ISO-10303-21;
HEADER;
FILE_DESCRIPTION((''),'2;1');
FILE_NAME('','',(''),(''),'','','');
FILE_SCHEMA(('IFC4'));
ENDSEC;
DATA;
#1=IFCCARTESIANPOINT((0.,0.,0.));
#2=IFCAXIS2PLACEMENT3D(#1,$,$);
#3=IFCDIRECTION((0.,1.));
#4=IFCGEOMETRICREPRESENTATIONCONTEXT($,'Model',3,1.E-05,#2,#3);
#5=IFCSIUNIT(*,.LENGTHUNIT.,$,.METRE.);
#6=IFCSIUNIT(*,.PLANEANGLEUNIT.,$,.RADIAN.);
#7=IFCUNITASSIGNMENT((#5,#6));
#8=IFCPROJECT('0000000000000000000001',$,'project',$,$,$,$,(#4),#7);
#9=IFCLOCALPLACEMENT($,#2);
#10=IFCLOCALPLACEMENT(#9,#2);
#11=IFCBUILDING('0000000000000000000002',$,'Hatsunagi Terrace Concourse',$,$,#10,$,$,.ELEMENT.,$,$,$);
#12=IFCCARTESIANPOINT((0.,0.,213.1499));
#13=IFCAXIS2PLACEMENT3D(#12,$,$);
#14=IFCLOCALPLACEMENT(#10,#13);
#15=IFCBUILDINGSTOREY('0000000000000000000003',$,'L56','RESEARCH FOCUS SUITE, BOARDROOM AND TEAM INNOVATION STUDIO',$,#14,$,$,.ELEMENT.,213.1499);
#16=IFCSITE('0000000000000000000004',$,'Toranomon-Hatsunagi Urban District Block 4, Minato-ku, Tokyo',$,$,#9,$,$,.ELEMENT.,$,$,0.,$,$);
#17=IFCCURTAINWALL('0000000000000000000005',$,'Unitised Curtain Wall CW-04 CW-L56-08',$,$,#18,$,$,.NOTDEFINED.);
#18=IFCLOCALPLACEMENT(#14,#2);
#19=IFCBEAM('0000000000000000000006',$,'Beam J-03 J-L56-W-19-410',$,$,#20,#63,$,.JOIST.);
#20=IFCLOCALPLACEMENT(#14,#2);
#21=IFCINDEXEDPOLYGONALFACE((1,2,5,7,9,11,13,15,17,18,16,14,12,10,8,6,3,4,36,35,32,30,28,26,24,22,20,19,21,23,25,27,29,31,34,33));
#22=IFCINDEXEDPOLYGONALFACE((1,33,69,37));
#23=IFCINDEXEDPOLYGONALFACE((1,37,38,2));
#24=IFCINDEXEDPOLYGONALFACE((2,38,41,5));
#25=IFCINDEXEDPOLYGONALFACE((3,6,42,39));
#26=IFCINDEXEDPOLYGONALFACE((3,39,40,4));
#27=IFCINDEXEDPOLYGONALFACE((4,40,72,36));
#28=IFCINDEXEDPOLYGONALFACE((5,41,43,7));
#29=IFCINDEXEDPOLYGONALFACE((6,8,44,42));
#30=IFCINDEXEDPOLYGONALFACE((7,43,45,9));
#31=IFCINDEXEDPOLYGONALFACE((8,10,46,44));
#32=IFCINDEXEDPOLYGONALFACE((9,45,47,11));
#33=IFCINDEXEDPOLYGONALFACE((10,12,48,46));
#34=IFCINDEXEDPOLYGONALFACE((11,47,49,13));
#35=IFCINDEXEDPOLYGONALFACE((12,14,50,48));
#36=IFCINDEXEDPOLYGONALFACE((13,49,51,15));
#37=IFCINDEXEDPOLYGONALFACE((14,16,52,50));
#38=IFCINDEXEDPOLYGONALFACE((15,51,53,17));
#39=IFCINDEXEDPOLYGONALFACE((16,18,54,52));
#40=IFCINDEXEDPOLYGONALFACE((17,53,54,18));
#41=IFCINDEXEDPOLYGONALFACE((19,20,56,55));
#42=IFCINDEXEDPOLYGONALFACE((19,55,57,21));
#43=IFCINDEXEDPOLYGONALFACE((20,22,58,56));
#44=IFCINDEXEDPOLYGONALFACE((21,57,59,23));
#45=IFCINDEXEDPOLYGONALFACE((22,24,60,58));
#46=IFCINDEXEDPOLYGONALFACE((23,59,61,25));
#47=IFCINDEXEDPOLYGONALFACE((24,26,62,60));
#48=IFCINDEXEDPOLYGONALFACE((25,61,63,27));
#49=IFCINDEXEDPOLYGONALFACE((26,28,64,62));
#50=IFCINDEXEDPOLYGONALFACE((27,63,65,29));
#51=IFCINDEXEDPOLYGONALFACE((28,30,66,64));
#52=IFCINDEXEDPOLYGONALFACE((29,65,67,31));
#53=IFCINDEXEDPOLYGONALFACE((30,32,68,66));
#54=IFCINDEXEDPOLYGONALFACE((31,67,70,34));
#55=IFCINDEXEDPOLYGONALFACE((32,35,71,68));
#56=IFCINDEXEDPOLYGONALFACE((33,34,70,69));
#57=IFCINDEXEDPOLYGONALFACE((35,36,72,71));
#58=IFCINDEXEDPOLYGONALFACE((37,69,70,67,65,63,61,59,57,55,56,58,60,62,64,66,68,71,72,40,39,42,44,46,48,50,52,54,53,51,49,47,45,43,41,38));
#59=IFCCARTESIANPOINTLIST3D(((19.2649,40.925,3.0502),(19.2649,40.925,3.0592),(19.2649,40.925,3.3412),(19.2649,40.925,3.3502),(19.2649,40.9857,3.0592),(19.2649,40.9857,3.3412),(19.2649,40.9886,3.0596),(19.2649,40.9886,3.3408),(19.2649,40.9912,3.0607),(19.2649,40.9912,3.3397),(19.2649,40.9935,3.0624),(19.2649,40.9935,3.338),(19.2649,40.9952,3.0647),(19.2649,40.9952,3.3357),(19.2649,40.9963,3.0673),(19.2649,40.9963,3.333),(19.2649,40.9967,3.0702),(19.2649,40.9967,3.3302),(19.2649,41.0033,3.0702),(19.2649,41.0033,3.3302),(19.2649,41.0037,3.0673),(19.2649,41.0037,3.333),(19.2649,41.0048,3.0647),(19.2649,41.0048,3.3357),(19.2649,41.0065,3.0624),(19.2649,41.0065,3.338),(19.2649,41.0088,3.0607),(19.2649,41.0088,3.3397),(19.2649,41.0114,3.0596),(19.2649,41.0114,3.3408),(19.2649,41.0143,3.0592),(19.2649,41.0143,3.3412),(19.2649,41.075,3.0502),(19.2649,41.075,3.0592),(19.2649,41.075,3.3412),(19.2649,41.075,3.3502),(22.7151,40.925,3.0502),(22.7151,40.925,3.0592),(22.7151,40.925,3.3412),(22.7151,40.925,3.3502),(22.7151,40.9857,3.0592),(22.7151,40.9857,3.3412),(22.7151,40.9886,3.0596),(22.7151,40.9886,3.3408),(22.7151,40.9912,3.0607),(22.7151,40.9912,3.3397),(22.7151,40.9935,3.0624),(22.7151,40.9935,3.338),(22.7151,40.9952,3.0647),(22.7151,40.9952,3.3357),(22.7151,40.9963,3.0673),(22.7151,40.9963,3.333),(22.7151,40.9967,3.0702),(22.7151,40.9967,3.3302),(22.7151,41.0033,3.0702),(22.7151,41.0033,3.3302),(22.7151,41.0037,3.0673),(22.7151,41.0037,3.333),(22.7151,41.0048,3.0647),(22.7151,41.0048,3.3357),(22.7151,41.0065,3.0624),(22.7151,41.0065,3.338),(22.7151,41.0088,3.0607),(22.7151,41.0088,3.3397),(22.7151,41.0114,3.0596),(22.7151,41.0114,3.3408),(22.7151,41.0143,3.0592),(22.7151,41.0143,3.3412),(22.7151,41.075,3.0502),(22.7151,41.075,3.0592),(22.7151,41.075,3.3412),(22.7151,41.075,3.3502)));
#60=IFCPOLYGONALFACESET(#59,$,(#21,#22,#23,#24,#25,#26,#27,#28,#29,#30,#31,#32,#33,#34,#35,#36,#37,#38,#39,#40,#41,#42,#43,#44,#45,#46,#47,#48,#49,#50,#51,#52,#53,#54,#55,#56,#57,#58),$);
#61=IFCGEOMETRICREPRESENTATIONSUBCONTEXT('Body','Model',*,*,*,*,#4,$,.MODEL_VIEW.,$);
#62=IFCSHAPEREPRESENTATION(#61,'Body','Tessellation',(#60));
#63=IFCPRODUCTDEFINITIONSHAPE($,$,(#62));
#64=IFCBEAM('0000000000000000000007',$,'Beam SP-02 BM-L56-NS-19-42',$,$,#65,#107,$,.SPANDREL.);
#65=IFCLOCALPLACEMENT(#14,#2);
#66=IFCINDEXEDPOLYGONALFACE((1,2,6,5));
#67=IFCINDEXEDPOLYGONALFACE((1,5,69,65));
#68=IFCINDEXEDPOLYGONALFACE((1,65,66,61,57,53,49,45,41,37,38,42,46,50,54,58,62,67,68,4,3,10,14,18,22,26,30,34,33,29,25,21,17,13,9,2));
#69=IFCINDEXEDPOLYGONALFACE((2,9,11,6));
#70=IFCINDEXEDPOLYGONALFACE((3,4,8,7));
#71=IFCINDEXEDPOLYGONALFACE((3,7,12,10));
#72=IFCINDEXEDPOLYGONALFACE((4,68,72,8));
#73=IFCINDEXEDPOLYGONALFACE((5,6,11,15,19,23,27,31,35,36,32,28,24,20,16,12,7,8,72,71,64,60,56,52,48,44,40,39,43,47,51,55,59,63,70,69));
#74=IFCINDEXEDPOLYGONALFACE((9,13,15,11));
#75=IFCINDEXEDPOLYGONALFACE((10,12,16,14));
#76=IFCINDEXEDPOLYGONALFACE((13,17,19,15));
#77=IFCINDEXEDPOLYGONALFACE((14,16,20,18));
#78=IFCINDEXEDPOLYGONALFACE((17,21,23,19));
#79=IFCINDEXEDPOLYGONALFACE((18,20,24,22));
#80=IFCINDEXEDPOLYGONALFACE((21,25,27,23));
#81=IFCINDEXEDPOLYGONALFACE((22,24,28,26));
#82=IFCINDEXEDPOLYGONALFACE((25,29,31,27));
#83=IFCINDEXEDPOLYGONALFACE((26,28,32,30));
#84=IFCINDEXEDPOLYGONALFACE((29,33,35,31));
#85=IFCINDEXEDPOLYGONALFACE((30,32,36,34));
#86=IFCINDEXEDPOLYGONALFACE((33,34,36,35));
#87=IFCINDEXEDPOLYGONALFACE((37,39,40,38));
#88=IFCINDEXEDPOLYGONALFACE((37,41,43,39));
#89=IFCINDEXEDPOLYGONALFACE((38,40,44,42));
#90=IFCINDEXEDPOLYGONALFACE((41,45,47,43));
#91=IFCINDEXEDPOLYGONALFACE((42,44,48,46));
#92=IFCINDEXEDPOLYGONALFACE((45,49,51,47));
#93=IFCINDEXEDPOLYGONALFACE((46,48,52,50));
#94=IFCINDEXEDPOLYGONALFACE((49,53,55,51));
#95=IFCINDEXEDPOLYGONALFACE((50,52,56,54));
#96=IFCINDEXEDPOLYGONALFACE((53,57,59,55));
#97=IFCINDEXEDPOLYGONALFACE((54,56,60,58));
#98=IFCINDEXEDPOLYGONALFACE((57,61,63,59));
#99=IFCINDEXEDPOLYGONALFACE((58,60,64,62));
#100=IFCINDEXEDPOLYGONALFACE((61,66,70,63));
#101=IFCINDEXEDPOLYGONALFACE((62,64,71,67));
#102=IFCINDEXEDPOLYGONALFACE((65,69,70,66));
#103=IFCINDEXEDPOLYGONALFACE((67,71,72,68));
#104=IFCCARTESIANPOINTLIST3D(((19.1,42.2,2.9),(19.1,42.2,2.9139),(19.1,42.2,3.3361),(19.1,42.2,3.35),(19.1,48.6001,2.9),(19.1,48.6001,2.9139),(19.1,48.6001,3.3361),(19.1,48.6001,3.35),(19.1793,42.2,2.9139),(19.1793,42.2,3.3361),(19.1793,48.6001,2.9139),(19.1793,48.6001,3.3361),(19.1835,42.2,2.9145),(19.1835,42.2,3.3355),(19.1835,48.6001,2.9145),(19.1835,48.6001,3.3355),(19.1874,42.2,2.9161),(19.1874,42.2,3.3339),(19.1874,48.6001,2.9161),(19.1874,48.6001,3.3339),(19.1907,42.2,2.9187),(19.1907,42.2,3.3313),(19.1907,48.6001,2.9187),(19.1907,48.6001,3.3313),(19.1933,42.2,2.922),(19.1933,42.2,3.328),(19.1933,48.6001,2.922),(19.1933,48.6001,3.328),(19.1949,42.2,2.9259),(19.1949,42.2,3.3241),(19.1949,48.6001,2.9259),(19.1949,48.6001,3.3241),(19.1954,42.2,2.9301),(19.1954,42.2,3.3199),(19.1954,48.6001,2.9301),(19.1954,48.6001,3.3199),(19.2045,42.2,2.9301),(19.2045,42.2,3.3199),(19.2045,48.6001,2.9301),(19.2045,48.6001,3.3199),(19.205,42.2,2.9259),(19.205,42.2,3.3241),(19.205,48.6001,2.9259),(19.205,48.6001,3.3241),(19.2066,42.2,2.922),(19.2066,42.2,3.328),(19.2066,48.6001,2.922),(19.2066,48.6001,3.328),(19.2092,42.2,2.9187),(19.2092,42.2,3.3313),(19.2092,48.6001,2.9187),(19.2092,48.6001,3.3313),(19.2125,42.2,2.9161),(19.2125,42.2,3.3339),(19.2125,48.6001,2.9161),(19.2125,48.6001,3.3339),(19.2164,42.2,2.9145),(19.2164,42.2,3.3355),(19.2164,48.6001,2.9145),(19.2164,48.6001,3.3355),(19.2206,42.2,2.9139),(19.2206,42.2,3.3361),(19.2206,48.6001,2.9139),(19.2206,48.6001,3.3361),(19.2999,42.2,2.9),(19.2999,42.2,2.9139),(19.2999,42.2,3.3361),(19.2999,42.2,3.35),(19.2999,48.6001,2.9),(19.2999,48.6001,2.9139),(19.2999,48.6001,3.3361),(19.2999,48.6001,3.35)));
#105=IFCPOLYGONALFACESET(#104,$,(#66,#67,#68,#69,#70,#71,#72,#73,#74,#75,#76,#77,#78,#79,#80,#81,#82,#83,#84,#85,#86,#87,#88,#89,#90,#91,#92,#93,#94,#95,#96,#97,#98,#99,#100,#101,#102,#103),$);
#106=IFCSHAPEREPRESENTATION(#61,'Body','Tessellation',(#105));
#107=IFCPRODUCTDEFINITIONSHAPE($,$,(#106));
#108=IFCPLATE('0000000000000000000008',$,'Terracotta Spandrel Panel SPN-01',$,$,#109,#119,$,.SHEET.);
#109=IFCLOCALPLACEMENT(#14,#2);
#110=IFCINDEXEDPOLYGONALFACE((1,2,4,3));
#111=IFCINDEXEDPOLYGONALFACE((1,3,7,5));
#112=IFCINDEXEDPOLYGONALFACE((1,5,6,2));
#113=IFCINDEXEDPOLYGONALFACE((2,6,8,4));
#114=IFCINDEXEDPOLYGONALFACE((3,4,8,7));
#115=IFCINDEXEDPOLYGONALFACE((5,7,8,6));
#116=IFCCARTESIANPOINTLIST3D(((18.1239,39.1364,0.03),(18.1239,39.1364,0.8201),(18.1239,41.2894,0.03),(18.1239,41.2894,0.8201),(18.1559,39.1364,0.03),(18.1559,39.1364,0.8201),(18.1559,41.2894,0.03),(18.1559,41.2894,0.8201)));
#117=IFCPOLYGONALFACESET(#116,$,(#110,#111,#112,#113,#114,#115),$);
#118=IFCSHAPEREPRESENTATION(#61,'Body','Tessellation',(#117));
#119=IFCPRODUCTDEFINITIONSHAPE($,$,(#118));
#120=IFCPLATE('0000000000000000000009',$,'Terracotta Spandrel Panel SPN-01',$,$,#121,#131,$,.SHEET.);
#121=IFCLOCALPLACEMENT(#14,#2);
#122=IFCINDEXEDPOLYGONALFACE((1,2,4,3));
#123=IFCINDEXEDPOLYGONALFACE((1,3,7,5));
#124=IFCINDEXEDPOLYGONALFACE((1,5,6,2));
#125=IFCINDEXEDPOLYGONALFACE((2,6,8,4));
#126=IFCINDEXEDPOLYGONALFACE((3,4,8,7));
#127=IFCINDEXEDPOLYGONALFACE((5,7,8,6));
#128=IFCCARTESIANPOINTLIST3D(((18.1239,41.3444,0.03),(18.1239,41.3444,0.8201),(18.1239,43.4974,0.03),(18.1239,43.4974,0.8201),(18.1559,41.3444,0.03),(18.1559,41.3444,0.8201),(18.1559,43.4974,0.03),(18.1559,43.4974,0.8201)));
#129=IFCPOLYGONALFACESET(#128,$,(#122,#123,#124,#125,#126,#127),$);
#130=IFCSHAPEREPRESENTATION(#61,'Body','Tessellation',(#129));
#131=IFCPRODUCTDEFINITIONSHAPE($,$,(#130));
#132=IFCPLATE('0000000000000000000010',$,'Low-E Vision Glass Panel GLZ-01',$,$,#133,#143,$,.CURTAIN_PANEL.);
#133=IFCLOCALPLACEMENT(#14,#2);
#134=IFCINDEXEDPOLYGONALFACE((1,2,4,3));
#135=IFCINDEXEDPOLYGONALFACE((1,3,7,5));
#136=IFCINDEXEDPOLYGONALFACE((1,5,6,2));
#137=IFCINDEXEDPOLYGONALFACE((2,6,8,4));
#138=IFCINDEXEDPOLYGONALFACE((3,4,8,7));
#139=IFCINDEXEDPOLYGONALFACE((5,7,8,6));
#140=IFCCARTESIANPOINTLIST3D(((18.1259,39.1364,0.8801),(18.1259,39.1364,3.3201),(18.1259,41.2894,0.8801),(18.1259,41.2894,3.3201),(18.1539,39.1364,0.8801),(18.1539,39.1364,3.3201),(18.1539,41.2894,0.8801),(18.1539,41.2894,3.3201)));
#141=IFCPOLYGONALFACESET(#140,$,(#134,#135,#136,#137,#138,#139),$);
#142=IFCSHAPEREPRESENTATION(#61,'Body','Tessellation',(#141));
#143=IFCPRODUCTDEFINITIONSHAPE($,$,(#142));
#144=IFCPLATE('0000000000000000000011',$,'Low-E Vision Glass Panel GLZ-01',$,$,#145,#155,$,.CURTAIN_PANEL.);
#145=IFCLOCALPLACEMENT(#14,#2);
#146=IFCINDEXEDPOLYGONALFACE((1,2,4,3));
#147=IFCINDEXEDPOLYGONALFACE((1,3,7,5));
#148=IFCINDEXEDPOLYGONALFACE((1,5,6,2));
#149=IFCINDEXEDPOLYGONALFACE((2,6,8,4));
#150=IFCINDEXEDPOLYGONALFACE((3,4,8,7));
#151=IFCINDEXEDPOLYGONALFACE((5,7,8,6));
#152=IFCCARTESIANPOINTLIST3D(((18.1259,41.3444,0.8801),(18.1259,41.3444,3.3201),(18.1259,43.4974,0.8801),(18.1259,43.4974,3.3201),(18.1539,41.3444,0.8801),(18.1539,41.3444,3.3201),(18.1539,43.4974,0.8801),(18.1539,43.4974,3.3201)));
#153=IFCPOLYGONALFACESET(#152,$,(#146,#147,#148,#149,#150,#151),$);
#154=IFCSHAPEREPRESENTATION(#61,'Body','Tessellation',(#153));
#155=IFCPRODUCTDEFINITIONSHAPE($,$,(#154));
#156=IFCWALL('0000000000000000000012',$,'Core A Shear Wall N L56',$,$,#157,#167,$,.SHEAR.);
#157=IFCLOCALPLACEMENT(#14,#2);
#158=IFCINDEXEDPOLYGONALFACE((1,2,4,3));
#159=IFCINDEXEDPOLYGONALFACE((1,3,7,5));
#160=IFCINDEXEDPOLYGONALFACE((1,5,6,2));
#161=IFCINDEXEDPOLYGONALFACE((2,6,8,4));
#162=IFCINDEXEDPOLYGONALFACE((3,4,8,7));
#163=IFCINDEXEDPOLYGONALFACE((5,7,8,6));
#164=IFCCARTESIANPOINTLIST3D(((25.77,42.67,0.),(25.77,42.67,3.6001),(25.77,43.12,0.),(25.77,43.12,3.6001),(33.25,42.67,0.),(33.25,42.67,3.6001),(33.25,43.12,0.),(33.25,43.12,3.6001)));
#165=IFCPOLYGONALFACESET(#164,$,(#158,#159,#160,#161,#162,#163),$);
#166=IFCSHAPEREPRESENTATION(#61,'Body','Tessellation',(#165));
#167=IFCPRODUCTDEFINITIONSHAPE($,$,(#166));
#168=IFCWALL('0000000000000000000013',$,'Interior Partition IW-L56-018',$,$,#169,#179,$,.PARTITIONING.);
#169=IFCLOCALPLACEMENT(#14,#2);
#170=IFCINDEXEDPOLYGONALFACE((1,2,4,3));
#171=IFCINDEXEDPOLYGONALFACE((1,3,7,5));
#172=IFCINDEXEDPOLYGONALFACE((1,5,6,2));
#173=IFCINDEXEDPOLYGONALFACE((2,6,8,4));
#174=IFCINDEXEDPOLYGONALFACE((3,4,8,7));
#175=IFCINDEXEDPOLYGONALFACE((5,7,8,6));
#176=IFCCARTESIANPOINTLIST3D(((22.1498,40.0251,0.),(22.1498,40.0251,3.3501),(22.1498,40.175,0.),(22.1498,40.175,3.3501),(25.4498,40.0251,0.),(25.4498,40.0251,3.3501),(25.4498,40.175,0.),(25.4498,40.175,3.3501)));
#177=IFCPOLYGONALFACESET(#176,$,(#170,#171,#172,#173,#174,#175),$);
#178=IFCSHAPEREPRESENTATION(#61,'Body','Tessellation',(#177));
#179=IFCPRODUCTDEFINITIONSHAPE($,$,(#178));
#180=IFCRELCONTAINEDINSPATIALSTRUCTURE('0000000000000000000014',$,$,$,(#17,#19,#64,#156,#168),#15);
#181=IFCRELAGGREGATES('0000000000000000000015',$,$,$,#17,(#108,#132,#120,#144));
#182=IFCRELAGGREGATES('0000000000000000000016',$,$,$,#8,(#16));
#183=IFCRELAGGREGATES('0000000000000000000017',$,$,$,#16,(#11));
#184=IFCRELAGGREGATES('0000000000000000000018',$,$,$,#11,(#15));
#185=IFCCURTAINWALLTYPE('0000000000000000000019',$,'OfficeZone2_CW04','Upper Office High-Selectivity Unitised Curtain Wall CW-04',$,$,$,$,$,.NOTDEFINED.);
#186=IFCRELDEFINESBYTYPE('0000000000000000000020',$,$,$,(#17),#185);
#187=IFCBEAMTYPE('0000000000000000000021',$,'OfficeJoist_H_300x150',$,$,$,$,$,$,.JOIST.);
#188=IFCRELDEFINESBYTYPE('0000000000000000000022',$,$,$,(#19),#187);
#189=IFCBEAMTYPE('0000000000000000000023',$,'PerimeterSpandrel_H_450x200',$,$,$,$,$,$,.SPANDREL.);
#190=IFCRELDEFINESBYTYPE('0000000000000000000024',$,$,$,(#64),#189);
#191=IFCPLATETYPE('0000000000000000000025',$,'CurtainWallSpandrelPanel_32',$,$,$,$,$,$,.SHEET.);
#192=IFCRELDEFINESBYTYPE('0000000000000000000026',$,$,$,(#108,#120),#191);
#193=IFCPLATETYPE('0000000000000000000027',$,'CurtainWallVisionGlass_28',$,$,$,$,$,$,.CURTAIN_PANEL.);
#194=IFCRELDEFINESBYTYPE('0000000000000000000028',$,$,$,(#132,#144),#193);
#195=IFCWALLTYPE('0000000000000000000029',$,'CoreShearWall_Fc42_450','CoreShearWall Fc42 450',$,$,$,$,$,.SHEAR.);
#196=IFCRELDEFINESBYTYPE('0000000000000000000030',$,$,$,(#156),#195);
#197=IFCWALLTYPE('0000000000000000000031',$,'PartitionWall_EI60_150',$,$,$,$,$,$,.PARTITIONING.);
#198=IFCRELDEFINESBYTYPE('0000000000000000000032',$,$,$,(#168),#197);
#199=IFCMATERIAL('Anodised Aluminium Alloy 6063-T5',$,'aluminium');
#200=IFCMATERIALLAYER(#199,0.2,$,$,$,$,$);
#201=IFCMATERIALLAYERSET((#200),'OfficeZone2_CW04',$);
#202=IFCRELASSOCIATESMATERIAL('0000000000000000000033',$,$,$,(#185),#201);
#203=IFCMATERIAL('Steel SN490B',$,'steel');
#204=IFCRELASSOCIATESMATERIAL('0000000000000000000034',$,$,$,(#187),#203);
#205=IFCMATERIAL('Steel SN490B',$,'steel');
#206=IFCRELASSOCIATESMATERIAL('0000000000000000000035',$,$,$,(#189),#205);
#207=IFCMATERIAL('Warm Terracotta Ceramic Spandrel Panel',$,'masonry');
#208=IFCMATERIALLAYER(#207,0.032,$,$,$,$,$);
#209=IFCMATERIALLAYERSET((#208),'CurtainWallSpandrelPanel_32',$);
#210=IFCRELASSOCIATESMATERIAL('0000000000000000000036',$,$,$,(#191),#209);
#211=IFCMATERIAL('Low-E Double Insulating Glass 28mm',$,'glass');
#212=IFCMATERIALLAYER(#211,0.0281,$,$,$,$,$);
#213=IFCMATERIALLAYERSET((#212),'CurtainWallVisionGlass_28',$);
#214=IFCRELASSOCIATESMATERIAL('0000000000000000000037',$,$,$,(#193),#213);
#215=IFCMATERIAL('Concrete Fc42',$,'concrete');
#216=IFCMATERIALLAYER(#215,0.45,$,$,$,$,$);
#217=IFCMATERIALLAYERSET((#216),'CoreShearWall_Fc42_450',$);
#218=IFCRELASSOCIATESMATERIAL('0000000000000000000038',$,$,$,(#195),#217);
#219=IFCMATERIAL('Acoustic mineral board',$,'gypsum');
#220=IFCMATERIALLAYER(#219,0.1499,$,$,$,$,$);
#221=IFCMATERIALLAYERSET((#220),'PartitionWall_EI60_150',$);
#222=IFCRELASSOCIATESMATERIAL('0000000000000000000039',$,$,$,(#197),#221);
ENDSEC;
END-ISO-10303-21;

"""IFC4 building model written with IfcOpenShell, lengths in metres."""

from ifc_helpers import new_model, si_unit, direction, frame, frame_2d, origin, origin_2d, place, context, subcontext, project, spatial, rectangle, i_section, extrude, material, layer, layer_set, material_profile, profile_set, type_object, element, aggregate, save


model = new_model("IFC4")

# Units and contexts
model_context = context("Model", 3, precision=1e-05, world=origin(), true_north=direction((0.0, 1.0)))
body_context = subcontext(model_context, "Body", "Model", "MODEL_VIEW")
ifc_project = project(units=[si_unit("LENGTHUNIT", "METRE"), si_unit("PLANEANGLEUNIT", "RADIAN")], contexts=[model_context])

# Site, building, storey
site_placement = place(None, origin())
site = spatial("IfcSite", under=ifc_project, at=site_placement, Name="Toranomon-Hatsunagi Urban District Block 4, Minato-ku, Tokyo", CompositionType="ELEMENT", RefElevation=0.0)
building_placement = place(site_placement, origin())
building = spatial("IfcBuilding", under=site, at=building_placement, Name="Hatsunagi Terrace Concourse", CompositionType="ELEMENT")
storey_placement = place(building_placement, frame((0.0, 0.0, 213.1499)))
storey = spatial("IfcBuildingStorey", under=building, at=storey_placement, Name="L56", Description="RESEARCH FOCUS SUITE, BOARDROOM AND TEAM INNOVATION STUDIO", CompositionType="ELEMENT", Elevation=213.1499)

# Curtain wall
ifc_material_1 = material(Name="Anodised Aluminium Alloy 6063-T5", Category="aluminium")
ifc_layer_1 = layer(ifc_material_1, 0.2)
ifc_layer_set_1 = layer_set([ifc_layer_1], Name="OfficeZone2_CW04")
curtain_wall_type = type_object("IfcCurtainWallType", Name="OfficeZone2_CW04", Description="Upper Office High-Selectivity Unitised Curtain Wall CW-04", PredefinedType="NOTDEFINED", material=ifc_layer_set_1)
curtain_wall_placement = place(storey_placement, origin())
curtain_wall = element("IfcCurtainWall", 1, at=curtain_wall_placement, inside=storey, type_object=curtain_wall_type, Name="Unitised Curtain Wall CW-04 CW-L56-08", PredefinedType="NOTDEFINED")

# Beams
ifc_material_2 = material(Name="Steel SN490B", Category="steel")
ifc_material_profile_1 = material_profile(ifc_material_2, i_section(OverallWidth=0.1499, OverallDepth=0.3, WebThickness=0.0066, FlangeThickness=0.009, FilletRadius=0.011, at=origin_2d()), Name="H-300x150x6.5x9")
ifc_profile_set_1 = profile_set([ifc_material_profile_1], Name="Steel SN490B")
beam_type_1 = type_object("IfcBeamType", Name="OfficeJoist_H_300x150", PredefinedType="JOIST", material=ifc_profile_set_1)
beam_1_placement = place(storey_placement, frame((19.2649, 41.0, 3.2002), z_axis=(1.0, 0.0, 0.0), x_axis=(0.0, 1.0, 0.0)))
element("IfcBeam", 2, at=beam_1_placement, inside=storey, type_object=beam_type_1, Name="Beam J-03 J-L56-W-19-410", PredefinedType="JOIST", context=body_context, shape_type="SweptSolid", body=[
    extrude(i_section(OverallWidth=0.1499, OverallDepth=0.3, WebThickness=0.0066, FlangeThickness=0.009, FilletRadius=0.011, at=origin_2d()), origin(), (0.0, 0.0, 1.0), 3.4502),
])
ifc_material_3 = material(Name="Steel SN490B", Category="steel")
ifc_material_profile_2 = material_profile(ifc_material_3, i_section(OverallWidth=0.2, OverallDepth=0.45, WebThickness=0.009, FlangeThickness=0.0139, FilletRadius=0.0161, at=origin_2d()), Name="H-450x200x9x14")
ifc_profile_set_2 = profile_set([ifc_material_profile_2], Name="Steel SN490B")
beam_type_2 = type_object("IfcBeamType", Name="PerimeterSpandrel_H_450x200", PredefinedType="SPANDREL", material=ifc_profile_set_2)
beam_2_placement = place(storey_placement, frame((19.2, 42.2, 3.125), z_axis=(0.0, 1.0, 0.0), x_axis=(-1.0, 0.0, 0.0)))
element("IfcBeam", 3, at=beam_2_placement, inside=storey, type_object=beam_type_2, Name="Beam SP-02 BM-L56-NS-19-42", PredefinedType="SPANDREL", context=body_context, shape_type="SweptSolid", body=[
    extrude(i_section(OverallWidth=0.2, OverallDepth=0.45, WebThickness=0.009, FlangeThickness=0.0139, FilletRadius=0.0161, at=origin_2d()), origin(), (0.0, 0.0, 1.0), 6.4001),
])

# Plates
ifc_material_4 = material(Name="Warm Terracotta Ceramic Spandrel Panel", Category="masonry")
ifc_layer_2 = layer(ifc_material_4, 0.032)
ifc_layer_set_2 = layer_set([ifc_layer_2], Name="CurtainWallSpandrelPanel_32")
plate_type_1 = type_object("IfcPlateType", Name="CurtainWallSpandrelPanel_32", PredefinedType="SHEET", material=ifc_layer_set_2)
plate_1_placement = place(storey_placement, frame((18.1399, 40.2129, 0.03), z_axis=(0.0, 0.0, 1.0), x_axis=(0.0, 1.0, 0.0)))
plate_1 = element("IfcPlate", 4, at=plate_1_placement, type_object=plate_type_1, Name="Terracotta Spandrel Panel SPN-01", PredefinedType="SHEET", context=body_context, shape_type="SweptSolid", body=[
    extrude(rectangle(XDim=2.1531, YDim=0.032, at=origin_2d()), origin(), (0.0, 0.0, 1.0), 0.79),
])
plate_2_placement = place(storey_placement, frame((18.1399, 42.4209, 0.03), z_axis=(0.0, 0.0, 1.0), x_axis=(0.0, 1.0, 0.0)))
plate_2 = element("IfcPlate", 5, at=plate_2_placement, type_object=plate_type_1, Name="Terracotta Spandrel Panel SPN-01", PredefinedType="SHEET", context=body_context, shape_type="SweptSolid", body=[
    extrude(rectangle(XDim=2.1531, YDim=0.032, at=origin_2d()), origin(), (0.0, 0.0, 1.0), 0.79),
])
ifc_material_5 = material(Name="Low-E Double Insulating Glass 28mm", Category="glass")
ifc_layer_3 = layer(ifc_material_5, 0.0281)
ifc_layer_set_3 = layer_set([ifc_layer_3], Name="CurtainWallVisionGlass_28")
plate_type_2 = type_object("IfcPlateType", Name="CurtainWallVisionGlass_28", PredefinedType="CURTAIN_PANEL", material=ifc_layer_set_3)
plate_3_placement = place(storey_placement, frame((18.1399, 40.2129, 0.8801), z_axis=(0.0, 0.0, 1.0), x_axis=(0.0, 1.0, 0.0)))
plate_3 = element("IfcPlate", 6, at=plate_3_placement, type_object=plate_type_2, Name="Low-E Vision Glass Panel GLZ-01", PredefinedType="CURTAIN_PANEL", context=body_context, shape_type="SweptSolid", body=[
    extrude(rectangle(XDim=2.1531, YDim=0.0281, at=origin_2d()), origin(), (0.0, 0.0, 1.0), 2.4399),
])
plate_4_placement = place(storey_placement, frame((18.1399, 42.4209, 0.8801), z_axis=(0.0, 0.0, 1.0), x_axis=(0.0, 1.0, 0.0)))
plate_4 = element("IfcPlate", 7, at=plate_4_placement, type_object=plate_type_2, Name="Low-E Vision Glass Panel GLZ-01", PredefinedType="CURTAIN_PANEL", context=body_context, shape_type="SweptSolid", body=[
    extrude(rectangle(XDim=2.1531, YDim=0.0281, at=origin_2d()), origin(), (0.0, 0.0, 1.0), 2.4399),
])
aggregate(curtain_wall, [plate_1, plate_3, plate_2, plate_4])

# Walls
ifc_material_6 = material(Name="Concrete Fc42", Category="concrete")
ifc_layer_4 = layer(ifc_material_6, 0.45)
ifc_layer_set_4 = layer_set([ifc_layer_4], Name="CoreShearWall_Fc42_450")
wall_type_1 = type_object("IfcWallType", Name="CoreShearWall_Fc42_450", Description="CoreShearWall Fc42 450", PredefinedType="SHEAR", material=ifc_layer_set_4)
wall_1_placement = place(storey_placement, frame((25.77, 42.895, 0.0), z_axis=(0.0, 0.0, 1.0), x_axis=(1.0, 0.0, 0.0)))
element("IfcWall", 8, at=wall_1_placement, inside=storey, type_object=wall_type_1, Name="Core A Shear Wall N L56", PredefinedType="SHEAR", context=body_context, shape_type="SweptSolid", body=[
    extrude(rectangle(XDim=7.48, YDim=0.45, at=frame_2d((3.74, 0.0))), origin(), (0.0, 0.0, 1.0), 3.6001),
])
ifc_material_7 = material(Name="Acoustic mineral board", Category="gypsum")
ifc_layer_5 = layer(ifc_material_7, 0.1499)
ifc_layer_set_5 = layer_set([ifc_layer_5], Name="PartitionWall_EI60_150")
wall_type_2 = type_object("IfcWallType", Name="PartitionWall_EI60_150", PredefinedType="PARTITIONING", material=ifc_layer_set_5)
wall_2_placement = place(storey_placement, frame((22.1499, 40.1001, 0.0), z_axis=(0.0, 0.0, 1.0), x_axis=(1.0, 0.0, 0.0)))
element("IfcWall", 9, at=wall_2_placement, inside=storey, type_object=wall_type_2, Name="Interior Partition IW-L56-018", PredefinedType="PARTITIONING", context=body_context, shape_type="SweptSolid", body=[
    extrude(rectangle(XDim=3.3, YDim=0.1499, at=frame_2d((1.6499, 0.0))), origin(), (0.0, 0.0, 1.0), 3.3501),
])

save(model, "model.ifc")
